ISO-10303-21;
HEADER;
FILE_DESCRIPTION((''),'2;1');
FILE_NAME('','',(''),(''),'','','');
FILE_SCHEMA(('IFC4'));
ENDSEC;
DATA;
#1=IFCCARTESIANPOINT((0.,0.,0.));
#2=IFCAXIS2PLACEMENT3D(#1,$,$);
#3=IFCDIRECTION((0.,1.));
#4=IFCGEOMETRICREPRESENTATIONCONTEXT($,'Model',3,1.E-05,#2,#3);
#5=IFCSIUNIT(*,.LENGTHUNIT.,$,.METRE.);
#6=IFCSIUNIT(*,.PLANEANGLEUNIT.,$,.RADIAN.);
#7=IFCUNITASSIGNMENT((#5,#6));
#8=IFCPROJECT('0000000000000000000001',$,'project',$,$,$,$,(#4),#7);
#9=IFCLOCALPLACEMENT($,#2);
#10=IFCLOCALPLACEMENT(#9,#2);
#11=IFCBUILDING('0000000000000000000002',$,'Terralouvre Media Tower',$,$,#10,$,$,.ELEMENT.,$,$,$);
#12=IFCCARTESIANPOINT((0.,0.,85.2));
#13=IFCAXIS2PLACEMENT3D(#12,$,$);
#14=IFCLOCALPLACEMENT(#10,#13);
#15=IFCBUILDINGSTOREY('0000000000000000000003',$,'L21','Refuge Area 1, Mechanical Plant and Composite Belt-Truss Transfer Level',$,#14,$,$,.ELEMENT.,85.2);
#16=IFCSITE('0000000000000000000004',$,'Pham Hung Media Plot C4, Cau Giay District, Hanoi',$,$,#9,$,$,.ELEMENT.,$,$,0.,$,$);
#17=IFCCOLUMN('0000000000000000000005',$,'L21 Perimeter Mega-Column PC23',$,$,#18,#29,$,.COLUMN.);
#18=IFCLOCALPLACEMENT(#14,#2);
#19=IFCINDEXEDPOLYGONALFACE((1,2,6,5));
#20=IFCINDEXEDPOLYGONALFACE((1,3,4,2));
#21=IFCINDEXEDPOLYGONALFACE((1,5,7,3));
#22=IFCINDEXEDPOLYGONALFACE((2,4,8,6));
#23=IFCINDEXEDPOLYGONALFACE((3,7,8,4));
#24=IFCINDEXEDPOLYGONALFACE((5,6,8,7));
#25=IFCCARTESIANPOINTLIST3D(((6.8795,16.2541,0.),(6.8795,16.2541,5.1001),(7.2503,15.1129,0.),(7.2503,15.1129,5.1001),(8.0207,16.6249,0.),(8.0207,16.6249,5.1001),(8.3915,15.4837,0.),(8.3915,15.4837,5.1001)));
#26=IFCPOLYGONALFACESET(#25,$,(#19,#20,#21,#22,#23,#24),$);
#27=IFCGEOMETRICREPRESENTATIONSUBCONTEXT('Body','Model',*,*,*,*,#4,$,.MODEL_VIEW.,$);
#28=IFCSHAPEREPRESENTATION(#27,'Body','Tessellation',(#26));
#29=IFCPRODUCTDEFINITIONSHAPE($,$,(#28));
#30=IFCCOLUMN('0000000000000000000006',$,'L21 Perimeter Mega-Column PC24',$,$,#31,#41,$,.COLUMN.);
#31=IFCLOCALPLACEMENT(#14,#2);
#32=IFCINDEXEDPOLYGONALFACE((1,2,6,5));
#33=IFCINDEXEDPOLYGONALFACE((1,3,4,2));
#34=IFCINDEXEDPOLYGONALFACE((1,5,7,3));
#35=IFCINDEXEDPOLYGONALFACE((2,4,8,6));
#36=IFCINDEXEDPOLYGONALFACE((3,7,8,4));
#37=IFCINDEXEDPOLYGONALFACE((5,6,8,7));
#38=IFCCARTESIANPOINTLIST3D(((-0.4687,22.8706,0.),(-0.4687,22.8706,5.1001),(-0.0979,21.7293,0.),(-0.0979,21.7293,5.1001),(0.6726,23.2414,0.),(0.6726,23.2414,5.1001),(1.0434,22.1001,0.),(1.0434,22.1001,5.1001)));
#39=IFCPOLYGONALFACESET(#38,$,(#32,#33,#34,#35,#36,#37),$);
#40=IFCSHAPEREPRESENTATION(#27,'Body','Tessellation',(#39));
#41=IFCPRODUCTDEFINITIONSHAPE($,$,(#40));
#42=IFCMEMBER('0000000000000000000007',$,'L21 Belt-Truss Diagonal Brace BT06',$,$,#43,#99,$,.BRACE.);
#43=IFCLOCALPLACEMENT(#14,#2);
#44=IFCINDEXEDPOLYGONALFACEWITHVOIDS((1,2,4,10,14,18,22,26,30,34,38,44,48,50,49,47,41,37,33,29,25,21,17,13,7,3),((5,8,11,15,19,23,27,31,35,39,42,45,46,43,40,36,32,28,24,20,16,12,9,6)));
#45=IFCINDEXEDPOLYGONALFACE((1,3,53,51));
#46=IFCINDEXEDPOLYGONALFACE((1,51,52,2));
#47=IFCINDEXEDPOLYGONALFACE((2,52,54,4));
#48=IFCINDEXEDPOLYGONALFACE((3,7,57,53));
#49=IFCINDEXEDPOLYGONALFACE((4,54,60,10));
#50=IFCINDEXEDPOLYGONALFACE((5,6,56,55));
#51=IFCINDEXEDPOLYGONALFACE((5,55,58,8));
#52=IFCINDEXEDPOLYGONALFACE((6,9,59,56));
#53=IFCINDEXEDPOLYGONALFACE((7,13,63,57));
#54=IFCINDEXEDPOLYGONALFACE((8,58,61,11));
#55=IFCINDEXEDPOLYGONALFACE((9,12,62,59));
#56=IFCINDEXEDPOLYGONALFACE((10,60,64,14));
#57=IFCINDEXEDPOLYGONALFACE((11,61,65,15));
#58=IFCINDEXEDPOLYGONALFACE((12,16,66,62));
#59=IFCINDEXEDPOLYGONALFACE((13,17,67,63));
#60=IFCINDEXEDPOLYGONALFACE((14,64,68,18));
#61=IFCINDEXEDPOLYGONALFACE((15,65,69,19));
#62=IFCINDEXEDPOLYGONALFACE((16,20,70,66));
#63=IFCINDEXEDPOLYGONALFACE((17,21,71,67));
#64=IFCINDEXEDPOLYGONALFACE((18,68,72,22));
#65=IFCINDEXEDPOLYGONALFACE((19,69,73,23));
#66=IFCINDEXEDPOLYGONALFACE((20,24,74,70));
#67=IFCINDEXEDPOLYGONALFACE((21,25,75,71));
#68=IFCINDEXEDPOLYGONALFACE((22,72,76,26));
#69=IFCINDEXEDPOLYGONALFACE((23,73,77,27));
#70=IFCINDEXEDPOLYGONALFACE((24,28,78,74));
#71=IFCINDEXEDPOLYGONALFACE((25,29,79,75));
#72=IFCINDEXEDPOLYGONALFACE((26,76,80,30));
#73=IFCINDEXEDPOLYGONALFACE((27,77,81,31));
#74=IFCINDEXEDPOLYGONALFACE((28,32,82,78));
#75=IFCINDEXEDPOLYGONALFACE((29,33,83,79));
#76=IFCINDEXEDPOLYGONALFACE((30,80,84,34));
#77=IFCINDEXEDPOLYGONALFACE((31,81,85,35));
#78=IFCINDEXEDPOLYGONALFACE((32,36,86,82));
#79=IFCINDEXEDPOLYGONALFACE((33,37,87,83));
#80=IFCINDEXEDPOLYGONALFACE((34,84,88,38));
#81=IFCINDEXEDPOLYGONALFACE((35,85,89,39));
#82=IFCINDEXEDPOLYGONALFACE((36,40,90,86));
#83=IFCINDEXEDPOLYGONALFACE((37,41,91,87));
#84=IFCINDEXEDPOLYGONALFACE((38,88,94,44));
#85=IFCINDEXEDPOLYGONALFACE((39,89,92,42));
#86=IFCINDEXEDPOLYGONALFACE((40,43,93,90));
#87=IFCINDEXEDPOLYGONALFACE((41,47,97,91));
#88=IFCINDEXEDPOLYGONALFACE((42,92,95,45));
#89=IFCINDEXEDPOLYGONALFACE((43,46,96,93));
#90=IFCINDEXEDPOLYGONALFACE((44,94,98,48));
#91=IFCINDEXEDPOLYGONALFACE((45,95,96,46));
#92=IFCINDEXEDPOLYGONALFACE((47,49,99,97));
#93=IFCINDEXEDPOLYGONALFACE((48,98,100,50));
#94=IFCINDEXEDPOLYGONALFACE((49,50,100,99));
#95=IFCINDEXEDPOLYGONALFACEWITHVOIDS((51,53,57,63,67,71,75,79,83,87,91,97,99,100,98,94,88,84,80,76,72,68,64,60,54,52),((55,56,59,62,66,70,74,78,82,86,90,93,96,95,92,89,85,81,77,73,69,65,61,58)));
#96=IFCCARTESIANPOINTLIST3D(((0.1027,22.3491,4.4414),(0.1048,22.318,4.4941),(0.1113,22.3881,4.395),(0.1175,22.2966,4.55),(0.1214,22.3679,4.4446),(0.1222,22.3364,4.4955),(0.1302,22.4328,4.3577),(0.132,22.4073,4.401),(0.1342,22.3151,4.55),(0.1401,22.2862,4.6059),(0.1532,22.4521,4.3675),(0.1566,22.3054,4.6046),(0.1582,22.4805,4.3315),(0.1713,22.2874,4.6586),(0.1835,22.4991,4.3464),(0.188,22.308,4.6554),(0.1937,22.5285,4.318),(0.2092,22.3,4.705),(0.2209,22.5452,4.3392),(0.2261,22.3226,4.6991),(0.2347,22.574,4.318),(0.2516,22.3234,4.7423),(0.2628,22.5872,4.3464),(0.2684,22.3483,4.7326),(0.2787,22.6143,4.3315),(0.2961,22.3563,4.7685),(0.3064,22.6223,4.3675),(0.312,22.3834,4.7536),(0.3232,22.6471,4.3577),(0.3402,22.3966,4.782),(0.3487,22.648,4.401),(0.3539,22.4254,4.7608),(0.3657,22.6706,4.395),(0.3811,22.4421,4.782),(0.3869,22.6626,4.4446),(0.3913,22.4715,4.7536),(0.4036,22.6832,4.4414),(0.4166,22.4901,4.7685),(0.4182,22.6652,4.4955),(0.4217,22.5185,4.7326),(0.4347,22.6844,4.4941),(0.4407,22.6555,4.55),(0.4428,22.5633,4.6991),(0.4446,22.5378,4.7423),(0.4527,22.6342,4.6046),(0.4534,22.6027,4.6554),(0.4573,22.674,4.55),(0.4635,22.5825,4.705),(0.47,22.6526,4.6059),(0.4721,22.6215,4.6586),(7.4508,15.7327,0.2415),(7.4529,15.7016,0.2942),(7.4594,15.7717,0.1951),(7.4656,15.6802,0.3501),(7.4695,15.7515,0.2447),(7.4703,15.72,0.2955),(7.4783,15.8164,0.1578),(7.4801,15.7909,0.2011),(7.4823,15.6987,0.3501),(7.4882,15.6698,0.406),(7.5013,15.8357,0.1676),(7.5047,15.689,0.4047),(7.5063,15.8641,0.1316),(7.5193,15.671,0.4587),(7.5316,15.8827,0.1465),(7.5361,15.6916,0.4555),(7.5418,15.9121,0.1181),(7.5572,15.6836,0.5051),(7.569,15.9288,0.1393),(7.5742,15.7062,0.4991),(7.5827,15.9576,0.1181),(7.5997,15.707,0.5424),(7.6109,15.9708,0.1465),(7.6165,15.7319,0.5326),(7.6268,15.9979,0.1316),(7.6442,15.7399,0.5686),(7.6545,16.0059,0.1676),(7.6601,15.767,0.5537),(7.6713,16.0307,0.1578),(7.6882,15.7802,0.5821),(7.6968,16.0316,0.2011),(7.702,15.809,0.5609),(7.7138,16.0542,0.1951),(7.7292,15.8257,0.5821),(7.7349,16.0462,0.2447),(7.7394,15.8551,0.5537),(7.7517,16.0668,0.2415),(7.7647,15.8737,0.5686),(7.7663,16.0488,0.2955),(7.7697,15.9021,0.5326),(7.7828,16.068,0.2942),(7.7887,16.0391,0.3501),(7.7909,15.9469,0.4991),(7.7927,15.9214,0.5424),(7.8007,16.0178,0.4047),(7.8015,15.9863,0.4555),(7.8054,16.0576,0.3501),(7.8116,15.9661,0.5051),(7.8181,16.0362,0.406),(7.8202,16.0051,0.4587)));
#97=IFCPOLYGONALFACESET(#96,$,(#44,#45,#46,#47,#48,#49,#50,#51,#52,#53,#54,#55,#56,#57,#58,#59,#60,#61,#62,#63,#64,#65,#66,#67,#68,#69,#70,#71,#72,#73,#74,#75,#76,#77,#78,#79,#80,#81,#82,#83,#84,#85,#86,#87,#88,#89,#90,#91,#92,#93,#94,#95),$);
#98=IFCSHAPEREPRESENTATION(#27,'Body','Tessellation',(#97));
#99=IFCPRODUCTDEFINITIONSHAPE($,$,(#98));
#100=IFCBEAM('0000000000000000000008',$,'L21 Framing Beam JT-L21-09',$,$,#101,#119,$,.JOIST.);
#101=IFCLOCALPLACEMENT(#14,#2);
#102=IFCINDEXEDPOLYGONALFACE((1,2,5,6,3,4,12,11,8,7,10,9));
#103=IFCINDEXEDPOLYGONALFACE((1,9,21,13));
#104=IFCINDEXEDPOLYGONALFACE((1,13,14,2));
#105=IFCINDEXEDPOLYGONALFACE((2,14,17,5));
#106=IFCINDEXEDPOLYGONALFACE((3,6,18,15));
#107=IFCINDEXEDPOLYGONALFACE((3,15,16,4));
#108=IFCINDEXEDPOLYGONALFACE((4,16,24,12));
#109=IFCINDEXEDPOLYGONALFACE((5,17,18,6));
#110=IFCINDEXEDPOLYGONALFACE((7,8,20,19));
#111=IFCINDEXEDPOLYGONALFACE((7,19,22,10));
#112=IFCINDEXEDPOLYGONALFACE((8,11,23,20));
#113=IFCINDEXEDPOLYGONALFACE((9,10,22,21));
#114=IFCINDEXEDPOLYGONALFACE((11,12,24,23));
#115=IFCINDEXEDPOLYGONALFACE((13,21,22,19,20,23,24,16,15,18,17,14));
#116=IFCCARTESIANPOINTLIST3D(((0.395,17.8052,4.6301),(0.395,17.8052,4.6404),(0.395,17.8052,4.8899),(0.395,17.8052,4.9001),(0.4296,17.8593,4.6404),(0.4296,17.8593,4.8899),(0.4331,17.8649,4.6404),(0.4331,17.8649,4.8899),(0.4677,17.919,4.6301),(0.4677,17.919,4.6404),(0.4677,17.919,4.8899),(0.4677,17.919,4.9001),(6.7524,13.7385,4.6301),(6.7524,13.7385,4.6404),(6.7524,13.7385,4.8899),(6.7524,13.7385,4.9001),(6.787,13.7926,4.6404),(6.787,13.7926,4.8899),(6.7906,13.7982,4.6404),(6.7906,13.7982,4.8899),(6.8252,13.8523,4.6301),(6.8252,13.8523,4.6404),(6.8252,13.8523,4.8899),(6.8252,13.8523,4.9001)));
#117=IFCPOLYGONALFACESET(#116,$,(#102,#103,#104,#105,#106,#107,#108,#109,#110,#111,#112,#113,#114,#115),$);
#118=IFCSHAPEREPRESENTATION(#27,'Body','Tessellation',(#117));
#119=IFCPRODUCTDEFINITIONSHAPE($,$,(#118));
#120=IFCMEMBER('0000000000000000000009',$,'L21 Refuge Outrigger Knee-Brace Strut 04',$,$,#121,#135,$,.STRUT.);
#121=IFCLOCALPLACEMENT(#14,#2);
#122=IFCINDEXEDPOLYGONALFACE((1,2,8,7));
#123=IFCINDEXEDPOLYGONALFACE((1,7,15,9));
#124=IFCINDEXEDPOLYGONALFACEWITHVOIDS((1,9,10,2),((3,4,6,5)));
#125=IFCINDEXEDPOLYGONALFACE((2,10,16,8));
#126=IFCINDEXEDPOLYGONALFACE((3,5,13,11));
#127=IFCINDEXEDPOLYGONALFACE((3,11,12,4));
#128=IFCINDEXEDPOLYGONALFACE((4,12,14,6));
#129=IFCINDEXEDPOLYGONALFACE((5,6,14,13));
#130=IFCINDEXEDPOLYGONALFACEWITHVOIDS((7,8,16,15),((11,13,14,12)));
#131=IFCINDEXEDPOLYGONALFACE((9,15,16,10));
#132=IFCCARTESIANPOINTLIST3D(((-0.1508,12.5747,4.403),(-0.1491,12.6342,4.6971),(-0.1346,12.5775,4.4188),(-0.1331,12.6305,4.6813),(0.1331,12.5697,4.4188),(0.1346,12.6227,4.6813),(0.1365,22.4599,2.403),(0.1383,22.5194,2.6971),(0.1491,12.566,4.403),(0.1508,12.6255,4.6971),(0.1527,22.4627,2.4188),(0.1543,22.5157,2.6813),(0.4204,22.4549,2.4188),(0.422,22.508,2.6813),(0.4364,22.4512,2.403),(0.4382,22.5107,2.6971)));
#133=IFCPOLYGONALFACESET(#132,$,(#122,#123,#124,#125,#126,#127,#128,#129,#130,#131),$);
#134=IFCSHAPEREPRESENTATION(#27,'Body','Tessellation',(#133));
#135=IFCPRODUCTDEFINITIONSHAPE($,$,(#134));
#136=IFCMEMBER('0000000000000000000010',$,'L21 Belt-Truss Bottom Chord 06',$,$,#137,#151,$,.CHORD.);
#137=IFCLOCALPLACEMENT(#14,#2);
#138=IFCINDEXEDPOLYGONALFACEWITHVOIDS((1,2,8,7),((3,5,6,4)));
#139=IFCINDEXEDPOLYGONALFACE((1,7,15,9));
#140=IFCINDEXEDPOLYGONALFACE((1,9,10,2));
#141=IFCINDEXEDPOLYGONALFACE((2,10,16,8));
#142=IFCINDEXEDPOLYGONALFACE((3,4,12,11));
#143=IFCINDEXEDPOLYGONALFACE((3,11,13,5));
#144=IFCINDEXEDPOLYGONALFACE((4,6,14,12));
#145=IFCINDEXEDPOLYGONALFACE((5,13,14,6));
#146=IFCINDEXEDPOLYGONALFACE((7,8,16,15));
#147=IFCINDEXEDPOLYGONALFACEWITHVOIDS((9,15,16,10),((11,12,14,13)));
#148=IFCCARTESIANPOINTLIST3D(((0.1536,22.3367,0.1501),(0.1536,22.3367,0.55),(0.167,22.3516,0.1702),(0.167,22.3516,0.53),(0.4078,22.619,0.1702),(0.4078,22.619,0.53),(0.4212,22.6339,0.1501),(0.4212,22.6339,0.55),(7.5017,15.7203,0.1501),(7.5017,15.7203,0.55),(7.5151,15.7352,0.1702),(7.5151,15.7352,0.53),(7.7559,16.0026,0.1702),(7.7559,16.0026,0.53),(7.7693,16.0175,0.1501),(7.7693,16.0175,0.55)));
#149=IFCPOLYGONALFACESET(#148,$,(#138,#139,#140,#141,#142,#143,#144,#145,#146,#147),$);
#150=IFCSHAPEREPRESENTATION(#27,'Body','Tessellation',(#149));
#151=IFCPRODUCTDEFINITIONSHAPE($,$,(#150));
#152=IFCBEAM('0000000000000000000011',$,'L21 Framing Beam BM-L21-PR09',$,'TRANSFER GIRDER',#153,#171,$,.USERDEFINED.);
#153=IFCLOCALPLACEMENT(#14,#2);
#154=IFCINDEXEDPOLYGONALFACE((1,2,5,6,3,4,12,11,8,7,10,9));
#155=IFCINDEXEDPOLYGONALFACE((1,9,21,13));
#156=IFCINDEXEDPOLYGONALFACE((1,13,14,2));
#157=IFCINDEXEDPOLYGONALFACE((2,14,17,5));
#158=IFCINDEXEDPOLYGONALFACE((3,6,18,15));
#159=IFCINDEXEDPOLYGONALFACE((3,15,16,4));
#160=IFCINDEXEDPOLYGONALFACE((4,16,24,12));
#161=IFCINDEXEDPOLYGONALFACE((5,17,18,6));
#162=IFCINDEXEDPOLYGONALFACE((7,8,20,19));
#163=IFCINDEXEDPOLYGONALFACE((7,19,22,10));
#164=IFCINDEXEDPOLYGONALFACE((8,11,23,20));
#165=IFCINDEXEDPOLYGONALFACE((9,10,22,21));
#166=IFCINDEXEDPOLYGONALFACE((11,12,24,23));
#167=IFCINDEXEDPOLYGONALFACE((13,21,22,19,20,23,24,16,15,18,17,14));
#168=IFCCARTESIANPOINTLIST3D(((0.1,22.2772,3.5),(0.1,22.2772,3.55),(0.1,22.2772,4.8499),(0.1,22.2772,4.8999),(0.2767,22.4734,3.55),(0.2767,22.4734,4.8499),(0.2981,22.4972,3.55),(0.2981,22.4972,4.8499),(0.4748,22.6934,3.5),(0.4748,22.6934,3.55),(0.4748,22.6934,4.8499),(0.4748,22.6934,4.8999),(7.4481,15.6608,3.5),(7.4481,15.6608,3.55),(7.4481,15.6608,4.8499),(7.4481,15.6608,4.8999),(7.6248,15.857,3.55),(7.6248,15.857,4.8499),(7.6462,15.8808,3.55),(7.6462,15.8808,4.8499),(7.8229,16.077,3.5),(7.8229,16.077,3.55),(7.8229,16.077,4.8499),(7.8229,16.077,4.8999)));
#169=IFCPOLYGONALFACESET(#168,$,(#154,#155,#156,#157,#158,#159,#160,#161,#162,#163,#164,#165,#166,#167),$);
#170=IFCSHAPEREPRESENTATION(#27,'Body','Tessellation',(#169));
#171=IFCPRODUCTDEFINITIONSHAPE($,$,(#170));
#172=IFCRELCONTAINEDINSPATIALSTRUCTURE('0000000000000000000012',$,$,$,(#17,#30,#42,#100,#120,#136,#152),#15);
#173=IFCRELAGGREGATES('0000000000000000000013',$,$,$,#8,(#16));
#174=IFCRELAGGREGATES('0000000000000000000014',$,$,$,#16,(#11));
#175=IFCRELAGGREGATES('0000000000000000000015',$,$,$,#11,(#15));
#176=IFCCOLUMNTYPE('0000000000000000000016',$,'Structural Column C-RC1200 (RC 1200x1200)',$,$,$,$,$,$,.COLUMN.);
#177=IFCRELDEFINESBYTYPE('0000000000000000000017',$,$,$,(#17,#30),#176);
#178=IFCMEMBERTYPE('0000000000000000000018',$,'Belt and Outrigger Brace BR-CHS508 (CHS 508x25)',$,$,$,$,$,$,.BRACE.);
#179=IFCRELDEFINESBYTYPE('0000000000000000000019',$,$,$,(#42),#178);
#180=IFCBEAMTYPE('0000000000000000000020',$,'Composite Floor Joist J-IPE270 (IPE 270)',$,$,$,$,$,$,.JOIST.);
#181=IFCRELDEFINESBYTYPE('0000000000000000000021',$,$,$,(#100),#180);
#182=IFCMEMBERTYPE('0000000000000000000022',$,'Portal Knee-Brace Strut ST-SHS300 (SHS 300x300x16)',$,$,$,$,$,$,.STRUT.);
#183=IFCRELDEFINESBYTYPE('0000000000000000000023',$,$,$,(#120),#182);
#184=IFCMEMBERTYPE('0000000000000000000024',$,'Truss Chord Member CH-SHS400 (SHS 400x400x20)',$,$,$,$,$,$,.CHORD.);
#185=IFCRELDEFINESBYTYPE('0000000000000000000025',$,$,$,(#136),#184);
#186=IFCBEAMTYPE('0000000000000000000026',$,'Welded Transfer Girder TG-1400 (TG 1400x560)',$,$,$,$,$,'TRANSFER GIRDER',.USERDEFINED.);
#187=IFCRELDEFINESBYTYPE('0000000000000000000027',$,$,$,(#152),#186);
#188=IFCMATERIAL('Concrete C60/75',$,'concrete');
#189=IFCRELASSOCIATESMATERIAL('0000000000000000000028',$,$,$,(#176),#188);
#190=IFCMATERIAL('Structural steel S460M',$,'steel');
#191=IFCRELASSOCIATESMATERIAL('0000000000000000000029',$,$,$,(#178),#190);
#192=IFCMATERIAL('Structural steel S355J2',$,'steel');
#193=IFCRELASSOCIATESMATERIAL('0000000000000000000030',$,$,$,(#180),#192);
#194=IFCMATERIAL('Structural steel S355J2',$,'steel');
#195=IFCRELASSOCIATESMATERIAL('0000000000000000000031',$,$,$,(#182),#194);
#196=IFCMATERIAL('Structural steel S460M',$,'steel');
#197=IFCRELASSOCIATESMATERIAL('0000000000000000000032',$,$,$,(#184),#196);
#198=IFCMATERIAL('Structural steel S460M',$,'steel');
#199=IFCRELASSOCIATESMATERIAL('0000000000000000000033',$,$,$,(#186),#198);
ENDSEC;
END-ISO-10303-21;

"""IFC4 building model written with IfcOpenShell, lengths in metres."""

from ifc_helpers import new_model, si_unit, direction, frame, origin, origin_2d, place, context, subcontext, project, spatial, rectangle, hollow_rectangle, hollow_circle, i_section, extrude, material, material_profile, profile_set, type_object, element, save


model = new_model("IFC4")

# Units and contexts
model_context = context("Model", 3, precision=1e-05, world=origin(), true_north=direction((0.0, 1.0)))
body_context = subcontext(model_context, "Body", "Model", "MODEL_VIEW")
ifc_project = project(units=[si_unit("LENGTHUNIT", "METRE"), si_unit("PLANEANGLEUNIT", "RADIAN")], contexts=[model_context])

# Site, building, storey
site_placement = place(None, origin())
site = spatial("IfcSite", under=ifc_project, at=site_placement, Name="Pham Hung Media Plot C4, Cau Giay District, Hanoi", CompositionType="ELEMENT", RefElevation=0.0)
building_placement = place(site_placement, origin())
building = spatial("IfcBuilding", under=site, at=building_placement, Name="Terralouvre Media Tower", CompositionType="ELEMENT")
storey_placement = place(building_placement, frame((0.0, 0.0, 85.2)))
storey = spatial("IfcBuildingStorey", under=building, at=storey_placement, Name="L21", Description="Refuge Area 1, Mechanical Plant and Composite Belt-Truss Transfer Level", CompositionType="ELEMENT", Elevation=85.2)

# Columns
ifc_material_1 = material(Name="Concrete C60/75", Category="concrete")
ifc_material_profile_1 = material_profile(ifc_material_1, rectangle(XDim=1.2, YDim=1.2, at=origin_2d()), Name="RC 1200x1200")
ifc_profile_set_1 = profile_set([ifc_material_profile_1], Name="Concrete C60/75")
column_type = type_object("IfcColumnType", Name="Structural Column C-RC1200 (RC 1200x1200)", PredefinedType="COLUMN", material=ifc_profile_set_1)
for number, where, z_axis, x_axis, name in (
    (1, (7.6355, 15.8689, 0.0), (0.0, 0.0, 1.0), (0.951057, 0.309017, 0.0), "L21 Perimeter Mega-Column PC23"),
    (2, (0.2874, 22.4854, 0.0), (0.0, 0.0, 1.0), (0.951057, 0.309017, 0.0), "L21 Perimeter Mega-Column PC24"),
):
    element("IfcColumn", number, at=place(storey_placement, frame(where, z_axis=z_axis, x_axis=x_axis)), inside=storey, type_object=column_type, Name=name, PredefinedType="COLUMN", context=body_context, shape_type="SweptSolid", body=[
        extrude(rectangle(XDim=1.2, YDim=1.2, at=origin_2d()), origin(), (0.0, 0.0, 1.0), 5.1001),
    ])

# Member
ifc_material_2 = material(Name="Structural steel S460M", Category="steel")
ifc_material_profile_2 = material_profile(ifc_material_2, hollow_circle(Radius=0.2539, WallThickness=0.0249, at=origin_2d()), Name="CHS 508x25")
ifc_profile_set_2 = profile_set([ifc_material_profile_2], Name="Structural steel S460M")
member_type_1 = type_object("IfcMemberType", Name="Belt and Outrigger Brace BR-CHS508 (CHS 508x25)", PredefinedType="BRACE", material=ifc_profile_set_2)
member_1_placement = place(storey_placement, frame((7.6355, 15.8689, 0.3501), z_axis=(-0.683993, 0.615885, 0.390947), x_axis=(-0.669139, -0.743137, 0.0)))
element("IfcMember", 3, at=member_1_placement, inside=storey, type_object=member_type_1, Name="L21 Belt-Truss Diagonal Brace BT06", PredefinedType="BRACE", context=body_context, shape_type="SweptSolid", body=[
    extrude(hollow_circle(Radius=0.2539, WallThickness=0.0249, at=origin_2d()), origin(), (0.0, 0.0, 1.0), 10.7429),
])

# Beam
ifc_material_3 = material(Name="Structural steel S355J2", Category="steel")
ifc_material_profile_3 = material_profile(ifc_material_3, i_section(OverallWidth=0.135, OverallDepth=0.27, WebThickness=0.0066, FlangeThickness=0.0103, at=origin_2d()), Name="IPE 270")
ifc_profile_set_3 = profile_set([ifc_material_profile_3], Name="Structural steel S355J2")
beam_type_1 = type_object("IfcBeamType", Name="Composite Floor Joist J-IPE270 (IPE 270)", PredefinedType="JOIST", material=ifc_profile_set_3)
beam_1_placement = place(storey_placement, frame((6.7888, 13.7954, 4.7651), z_axis=(-0.842398, 0.538856, 0.0), x_axis=(-0.538856, -0.842398, 0.0)))
element("IfcBeam", 4, at=beam_1_placement, inside=storey, type_object=beam_type_1, Name="L21 Framing Beam JT-L21-09", PredefinedType="JOIST", context=body_context, shape_type="SweptSolid", body=[
    extrude(i_section(OverallWidth=0.135, OverallDepth=0.27, WebThickness=0.0066, FlangeThickness=0.0103, at=origin_2d()), origin(), (0.0, 0.0, 1.0), 7.5469),
])

# Members
ifc_material_4 = material(Name="Structural steel S355J2", Category="steel")
ifc_material_profile_4 = material_profile(ifc_material_4, hollow_rectangle(XDim=0.3, YDim=0.3, WallThickness=0.0161, at=origin_2d()), Name="SHS 300x300x16")
ifc_profile_set_4 = profile_set([ifc_material_profile_4], Name="Structural steel S355J2")
member_type_2 = type_object("IfcMemberType", Name="Portal Knee-Brace Strut ST-SHS300 (SHS 300x300x16)", PredefinedType="STRUT", material=ifc_profile_set_4)
member_2_placement = place(storey_placement, frame((0.0, 12.6001, 4.55), z_axis=(0.02848, 0.979743, -0.198223), x_axis=(-0.999578, 0.029057, 0.0)))
element("IfcMember", 5, at=member_2_placement, inside=storey, type_object=member_type_2, Name="L21 Refuge Outrigger Knee-Brace Strut 04", PredefinedType="STRUT", context=body_context, shape_type="SweptSolid", body=[
    extrude(hollow_rectangle(XDim=0.3, YDim=0.3, WallThickness=0.0161, at=origin_2d()), origin(), (0.0, 0.0, 1.0), 10.0896),
])
ifc_material_5 = material(Name="Structural steel S460M", Category="steel")
ifc_material_profile_5 = material_profile(ifc_material_5, hollow_rectangle(XDim=0.3999, YDim=0.3999, WallThickness=0.02, at=origin_2d()), Name="SHS 400x400x20")
ifc_profile_set_5 = profile_set([ifc_material_profile_5], Name="Structural steel S460M")
member_type_3 = type_object("IfcMemberType", Name="Truss Chord Member CH-SHS400 (SHS 400x400x20)", PredefinedType="CHORD", material=ifc_profile_set_5)
member_3_placement = place(storey_placement, frame((7.6355, 15.8689, 0.3501), z_axis=(-0.743137, 0.669139, 0.0), x_axis=(-0.669139, -0.743137, 0.0)))
element("IfcMember", 6, at=member_3_placement, inside=storey, type_object=member_type_3, Name="L21 Belt-Truss Bottom Chord 06", PredefinedType="CHORD", context=body_context, shape_type="SweptSolid", body=[
    extrude(hollow_rectangle(XDim=0.3999, YDim=0.3999, WallThickness=0.02, at=origin_2d()), origin(), (0.0, 0.0, 1.0), 9.8879),
])

# Beam
ifc_material_6 = material(Name="Structural steel S460M", Category="steel")
ifc_material_profile_6 = material_profile(ifc_material_6, i_section(OverallWidth=0.5601, OverallDepth=1.3999, WebThickness=0.032, FlangeThickness=0.05, at=origin_2d()), Name="TG 1400x560")
ifc_profile_set_6 = profile_set([ifc_material_profile_6], Name="Structural steel S460M")
beam_type_2 = type_object("IfcBeamType", Name="Welded Transfer Girder TG-1400 (TG 1400x560)", ElementType="TRANSFER GIRDER", PredefinedType="USERDEFINED", material=ifc_profile_set_6)
beam_2_placement = place(storey_placement, frame((7.6355, 15.8689, 4.2), z_axis=(-0.743137, 0.669139, 0.0), x_axis=(-0.669139, -0.743137, 0.0)))
element("IfcBeam", 7, at=beam_2_placement, inside=storey, type_object=beam_type_2, Name="L21 Framing Beam BM-L21-PR09", ObjectType="TRANSFER GIRDER", PredefinedType="USERDEFINED", context=body_context, shape_type="SweptSolid", body=[
    extrude(i_section(OverallWidth=0.5601, OverallDepth=1.3999, WebThickness=0.032, FlangeThickness=0.05, at=origin_2d()), origin(), (0.0, 0.0, 1.0), 9.8879),
])

save(model, "model.ifc")
